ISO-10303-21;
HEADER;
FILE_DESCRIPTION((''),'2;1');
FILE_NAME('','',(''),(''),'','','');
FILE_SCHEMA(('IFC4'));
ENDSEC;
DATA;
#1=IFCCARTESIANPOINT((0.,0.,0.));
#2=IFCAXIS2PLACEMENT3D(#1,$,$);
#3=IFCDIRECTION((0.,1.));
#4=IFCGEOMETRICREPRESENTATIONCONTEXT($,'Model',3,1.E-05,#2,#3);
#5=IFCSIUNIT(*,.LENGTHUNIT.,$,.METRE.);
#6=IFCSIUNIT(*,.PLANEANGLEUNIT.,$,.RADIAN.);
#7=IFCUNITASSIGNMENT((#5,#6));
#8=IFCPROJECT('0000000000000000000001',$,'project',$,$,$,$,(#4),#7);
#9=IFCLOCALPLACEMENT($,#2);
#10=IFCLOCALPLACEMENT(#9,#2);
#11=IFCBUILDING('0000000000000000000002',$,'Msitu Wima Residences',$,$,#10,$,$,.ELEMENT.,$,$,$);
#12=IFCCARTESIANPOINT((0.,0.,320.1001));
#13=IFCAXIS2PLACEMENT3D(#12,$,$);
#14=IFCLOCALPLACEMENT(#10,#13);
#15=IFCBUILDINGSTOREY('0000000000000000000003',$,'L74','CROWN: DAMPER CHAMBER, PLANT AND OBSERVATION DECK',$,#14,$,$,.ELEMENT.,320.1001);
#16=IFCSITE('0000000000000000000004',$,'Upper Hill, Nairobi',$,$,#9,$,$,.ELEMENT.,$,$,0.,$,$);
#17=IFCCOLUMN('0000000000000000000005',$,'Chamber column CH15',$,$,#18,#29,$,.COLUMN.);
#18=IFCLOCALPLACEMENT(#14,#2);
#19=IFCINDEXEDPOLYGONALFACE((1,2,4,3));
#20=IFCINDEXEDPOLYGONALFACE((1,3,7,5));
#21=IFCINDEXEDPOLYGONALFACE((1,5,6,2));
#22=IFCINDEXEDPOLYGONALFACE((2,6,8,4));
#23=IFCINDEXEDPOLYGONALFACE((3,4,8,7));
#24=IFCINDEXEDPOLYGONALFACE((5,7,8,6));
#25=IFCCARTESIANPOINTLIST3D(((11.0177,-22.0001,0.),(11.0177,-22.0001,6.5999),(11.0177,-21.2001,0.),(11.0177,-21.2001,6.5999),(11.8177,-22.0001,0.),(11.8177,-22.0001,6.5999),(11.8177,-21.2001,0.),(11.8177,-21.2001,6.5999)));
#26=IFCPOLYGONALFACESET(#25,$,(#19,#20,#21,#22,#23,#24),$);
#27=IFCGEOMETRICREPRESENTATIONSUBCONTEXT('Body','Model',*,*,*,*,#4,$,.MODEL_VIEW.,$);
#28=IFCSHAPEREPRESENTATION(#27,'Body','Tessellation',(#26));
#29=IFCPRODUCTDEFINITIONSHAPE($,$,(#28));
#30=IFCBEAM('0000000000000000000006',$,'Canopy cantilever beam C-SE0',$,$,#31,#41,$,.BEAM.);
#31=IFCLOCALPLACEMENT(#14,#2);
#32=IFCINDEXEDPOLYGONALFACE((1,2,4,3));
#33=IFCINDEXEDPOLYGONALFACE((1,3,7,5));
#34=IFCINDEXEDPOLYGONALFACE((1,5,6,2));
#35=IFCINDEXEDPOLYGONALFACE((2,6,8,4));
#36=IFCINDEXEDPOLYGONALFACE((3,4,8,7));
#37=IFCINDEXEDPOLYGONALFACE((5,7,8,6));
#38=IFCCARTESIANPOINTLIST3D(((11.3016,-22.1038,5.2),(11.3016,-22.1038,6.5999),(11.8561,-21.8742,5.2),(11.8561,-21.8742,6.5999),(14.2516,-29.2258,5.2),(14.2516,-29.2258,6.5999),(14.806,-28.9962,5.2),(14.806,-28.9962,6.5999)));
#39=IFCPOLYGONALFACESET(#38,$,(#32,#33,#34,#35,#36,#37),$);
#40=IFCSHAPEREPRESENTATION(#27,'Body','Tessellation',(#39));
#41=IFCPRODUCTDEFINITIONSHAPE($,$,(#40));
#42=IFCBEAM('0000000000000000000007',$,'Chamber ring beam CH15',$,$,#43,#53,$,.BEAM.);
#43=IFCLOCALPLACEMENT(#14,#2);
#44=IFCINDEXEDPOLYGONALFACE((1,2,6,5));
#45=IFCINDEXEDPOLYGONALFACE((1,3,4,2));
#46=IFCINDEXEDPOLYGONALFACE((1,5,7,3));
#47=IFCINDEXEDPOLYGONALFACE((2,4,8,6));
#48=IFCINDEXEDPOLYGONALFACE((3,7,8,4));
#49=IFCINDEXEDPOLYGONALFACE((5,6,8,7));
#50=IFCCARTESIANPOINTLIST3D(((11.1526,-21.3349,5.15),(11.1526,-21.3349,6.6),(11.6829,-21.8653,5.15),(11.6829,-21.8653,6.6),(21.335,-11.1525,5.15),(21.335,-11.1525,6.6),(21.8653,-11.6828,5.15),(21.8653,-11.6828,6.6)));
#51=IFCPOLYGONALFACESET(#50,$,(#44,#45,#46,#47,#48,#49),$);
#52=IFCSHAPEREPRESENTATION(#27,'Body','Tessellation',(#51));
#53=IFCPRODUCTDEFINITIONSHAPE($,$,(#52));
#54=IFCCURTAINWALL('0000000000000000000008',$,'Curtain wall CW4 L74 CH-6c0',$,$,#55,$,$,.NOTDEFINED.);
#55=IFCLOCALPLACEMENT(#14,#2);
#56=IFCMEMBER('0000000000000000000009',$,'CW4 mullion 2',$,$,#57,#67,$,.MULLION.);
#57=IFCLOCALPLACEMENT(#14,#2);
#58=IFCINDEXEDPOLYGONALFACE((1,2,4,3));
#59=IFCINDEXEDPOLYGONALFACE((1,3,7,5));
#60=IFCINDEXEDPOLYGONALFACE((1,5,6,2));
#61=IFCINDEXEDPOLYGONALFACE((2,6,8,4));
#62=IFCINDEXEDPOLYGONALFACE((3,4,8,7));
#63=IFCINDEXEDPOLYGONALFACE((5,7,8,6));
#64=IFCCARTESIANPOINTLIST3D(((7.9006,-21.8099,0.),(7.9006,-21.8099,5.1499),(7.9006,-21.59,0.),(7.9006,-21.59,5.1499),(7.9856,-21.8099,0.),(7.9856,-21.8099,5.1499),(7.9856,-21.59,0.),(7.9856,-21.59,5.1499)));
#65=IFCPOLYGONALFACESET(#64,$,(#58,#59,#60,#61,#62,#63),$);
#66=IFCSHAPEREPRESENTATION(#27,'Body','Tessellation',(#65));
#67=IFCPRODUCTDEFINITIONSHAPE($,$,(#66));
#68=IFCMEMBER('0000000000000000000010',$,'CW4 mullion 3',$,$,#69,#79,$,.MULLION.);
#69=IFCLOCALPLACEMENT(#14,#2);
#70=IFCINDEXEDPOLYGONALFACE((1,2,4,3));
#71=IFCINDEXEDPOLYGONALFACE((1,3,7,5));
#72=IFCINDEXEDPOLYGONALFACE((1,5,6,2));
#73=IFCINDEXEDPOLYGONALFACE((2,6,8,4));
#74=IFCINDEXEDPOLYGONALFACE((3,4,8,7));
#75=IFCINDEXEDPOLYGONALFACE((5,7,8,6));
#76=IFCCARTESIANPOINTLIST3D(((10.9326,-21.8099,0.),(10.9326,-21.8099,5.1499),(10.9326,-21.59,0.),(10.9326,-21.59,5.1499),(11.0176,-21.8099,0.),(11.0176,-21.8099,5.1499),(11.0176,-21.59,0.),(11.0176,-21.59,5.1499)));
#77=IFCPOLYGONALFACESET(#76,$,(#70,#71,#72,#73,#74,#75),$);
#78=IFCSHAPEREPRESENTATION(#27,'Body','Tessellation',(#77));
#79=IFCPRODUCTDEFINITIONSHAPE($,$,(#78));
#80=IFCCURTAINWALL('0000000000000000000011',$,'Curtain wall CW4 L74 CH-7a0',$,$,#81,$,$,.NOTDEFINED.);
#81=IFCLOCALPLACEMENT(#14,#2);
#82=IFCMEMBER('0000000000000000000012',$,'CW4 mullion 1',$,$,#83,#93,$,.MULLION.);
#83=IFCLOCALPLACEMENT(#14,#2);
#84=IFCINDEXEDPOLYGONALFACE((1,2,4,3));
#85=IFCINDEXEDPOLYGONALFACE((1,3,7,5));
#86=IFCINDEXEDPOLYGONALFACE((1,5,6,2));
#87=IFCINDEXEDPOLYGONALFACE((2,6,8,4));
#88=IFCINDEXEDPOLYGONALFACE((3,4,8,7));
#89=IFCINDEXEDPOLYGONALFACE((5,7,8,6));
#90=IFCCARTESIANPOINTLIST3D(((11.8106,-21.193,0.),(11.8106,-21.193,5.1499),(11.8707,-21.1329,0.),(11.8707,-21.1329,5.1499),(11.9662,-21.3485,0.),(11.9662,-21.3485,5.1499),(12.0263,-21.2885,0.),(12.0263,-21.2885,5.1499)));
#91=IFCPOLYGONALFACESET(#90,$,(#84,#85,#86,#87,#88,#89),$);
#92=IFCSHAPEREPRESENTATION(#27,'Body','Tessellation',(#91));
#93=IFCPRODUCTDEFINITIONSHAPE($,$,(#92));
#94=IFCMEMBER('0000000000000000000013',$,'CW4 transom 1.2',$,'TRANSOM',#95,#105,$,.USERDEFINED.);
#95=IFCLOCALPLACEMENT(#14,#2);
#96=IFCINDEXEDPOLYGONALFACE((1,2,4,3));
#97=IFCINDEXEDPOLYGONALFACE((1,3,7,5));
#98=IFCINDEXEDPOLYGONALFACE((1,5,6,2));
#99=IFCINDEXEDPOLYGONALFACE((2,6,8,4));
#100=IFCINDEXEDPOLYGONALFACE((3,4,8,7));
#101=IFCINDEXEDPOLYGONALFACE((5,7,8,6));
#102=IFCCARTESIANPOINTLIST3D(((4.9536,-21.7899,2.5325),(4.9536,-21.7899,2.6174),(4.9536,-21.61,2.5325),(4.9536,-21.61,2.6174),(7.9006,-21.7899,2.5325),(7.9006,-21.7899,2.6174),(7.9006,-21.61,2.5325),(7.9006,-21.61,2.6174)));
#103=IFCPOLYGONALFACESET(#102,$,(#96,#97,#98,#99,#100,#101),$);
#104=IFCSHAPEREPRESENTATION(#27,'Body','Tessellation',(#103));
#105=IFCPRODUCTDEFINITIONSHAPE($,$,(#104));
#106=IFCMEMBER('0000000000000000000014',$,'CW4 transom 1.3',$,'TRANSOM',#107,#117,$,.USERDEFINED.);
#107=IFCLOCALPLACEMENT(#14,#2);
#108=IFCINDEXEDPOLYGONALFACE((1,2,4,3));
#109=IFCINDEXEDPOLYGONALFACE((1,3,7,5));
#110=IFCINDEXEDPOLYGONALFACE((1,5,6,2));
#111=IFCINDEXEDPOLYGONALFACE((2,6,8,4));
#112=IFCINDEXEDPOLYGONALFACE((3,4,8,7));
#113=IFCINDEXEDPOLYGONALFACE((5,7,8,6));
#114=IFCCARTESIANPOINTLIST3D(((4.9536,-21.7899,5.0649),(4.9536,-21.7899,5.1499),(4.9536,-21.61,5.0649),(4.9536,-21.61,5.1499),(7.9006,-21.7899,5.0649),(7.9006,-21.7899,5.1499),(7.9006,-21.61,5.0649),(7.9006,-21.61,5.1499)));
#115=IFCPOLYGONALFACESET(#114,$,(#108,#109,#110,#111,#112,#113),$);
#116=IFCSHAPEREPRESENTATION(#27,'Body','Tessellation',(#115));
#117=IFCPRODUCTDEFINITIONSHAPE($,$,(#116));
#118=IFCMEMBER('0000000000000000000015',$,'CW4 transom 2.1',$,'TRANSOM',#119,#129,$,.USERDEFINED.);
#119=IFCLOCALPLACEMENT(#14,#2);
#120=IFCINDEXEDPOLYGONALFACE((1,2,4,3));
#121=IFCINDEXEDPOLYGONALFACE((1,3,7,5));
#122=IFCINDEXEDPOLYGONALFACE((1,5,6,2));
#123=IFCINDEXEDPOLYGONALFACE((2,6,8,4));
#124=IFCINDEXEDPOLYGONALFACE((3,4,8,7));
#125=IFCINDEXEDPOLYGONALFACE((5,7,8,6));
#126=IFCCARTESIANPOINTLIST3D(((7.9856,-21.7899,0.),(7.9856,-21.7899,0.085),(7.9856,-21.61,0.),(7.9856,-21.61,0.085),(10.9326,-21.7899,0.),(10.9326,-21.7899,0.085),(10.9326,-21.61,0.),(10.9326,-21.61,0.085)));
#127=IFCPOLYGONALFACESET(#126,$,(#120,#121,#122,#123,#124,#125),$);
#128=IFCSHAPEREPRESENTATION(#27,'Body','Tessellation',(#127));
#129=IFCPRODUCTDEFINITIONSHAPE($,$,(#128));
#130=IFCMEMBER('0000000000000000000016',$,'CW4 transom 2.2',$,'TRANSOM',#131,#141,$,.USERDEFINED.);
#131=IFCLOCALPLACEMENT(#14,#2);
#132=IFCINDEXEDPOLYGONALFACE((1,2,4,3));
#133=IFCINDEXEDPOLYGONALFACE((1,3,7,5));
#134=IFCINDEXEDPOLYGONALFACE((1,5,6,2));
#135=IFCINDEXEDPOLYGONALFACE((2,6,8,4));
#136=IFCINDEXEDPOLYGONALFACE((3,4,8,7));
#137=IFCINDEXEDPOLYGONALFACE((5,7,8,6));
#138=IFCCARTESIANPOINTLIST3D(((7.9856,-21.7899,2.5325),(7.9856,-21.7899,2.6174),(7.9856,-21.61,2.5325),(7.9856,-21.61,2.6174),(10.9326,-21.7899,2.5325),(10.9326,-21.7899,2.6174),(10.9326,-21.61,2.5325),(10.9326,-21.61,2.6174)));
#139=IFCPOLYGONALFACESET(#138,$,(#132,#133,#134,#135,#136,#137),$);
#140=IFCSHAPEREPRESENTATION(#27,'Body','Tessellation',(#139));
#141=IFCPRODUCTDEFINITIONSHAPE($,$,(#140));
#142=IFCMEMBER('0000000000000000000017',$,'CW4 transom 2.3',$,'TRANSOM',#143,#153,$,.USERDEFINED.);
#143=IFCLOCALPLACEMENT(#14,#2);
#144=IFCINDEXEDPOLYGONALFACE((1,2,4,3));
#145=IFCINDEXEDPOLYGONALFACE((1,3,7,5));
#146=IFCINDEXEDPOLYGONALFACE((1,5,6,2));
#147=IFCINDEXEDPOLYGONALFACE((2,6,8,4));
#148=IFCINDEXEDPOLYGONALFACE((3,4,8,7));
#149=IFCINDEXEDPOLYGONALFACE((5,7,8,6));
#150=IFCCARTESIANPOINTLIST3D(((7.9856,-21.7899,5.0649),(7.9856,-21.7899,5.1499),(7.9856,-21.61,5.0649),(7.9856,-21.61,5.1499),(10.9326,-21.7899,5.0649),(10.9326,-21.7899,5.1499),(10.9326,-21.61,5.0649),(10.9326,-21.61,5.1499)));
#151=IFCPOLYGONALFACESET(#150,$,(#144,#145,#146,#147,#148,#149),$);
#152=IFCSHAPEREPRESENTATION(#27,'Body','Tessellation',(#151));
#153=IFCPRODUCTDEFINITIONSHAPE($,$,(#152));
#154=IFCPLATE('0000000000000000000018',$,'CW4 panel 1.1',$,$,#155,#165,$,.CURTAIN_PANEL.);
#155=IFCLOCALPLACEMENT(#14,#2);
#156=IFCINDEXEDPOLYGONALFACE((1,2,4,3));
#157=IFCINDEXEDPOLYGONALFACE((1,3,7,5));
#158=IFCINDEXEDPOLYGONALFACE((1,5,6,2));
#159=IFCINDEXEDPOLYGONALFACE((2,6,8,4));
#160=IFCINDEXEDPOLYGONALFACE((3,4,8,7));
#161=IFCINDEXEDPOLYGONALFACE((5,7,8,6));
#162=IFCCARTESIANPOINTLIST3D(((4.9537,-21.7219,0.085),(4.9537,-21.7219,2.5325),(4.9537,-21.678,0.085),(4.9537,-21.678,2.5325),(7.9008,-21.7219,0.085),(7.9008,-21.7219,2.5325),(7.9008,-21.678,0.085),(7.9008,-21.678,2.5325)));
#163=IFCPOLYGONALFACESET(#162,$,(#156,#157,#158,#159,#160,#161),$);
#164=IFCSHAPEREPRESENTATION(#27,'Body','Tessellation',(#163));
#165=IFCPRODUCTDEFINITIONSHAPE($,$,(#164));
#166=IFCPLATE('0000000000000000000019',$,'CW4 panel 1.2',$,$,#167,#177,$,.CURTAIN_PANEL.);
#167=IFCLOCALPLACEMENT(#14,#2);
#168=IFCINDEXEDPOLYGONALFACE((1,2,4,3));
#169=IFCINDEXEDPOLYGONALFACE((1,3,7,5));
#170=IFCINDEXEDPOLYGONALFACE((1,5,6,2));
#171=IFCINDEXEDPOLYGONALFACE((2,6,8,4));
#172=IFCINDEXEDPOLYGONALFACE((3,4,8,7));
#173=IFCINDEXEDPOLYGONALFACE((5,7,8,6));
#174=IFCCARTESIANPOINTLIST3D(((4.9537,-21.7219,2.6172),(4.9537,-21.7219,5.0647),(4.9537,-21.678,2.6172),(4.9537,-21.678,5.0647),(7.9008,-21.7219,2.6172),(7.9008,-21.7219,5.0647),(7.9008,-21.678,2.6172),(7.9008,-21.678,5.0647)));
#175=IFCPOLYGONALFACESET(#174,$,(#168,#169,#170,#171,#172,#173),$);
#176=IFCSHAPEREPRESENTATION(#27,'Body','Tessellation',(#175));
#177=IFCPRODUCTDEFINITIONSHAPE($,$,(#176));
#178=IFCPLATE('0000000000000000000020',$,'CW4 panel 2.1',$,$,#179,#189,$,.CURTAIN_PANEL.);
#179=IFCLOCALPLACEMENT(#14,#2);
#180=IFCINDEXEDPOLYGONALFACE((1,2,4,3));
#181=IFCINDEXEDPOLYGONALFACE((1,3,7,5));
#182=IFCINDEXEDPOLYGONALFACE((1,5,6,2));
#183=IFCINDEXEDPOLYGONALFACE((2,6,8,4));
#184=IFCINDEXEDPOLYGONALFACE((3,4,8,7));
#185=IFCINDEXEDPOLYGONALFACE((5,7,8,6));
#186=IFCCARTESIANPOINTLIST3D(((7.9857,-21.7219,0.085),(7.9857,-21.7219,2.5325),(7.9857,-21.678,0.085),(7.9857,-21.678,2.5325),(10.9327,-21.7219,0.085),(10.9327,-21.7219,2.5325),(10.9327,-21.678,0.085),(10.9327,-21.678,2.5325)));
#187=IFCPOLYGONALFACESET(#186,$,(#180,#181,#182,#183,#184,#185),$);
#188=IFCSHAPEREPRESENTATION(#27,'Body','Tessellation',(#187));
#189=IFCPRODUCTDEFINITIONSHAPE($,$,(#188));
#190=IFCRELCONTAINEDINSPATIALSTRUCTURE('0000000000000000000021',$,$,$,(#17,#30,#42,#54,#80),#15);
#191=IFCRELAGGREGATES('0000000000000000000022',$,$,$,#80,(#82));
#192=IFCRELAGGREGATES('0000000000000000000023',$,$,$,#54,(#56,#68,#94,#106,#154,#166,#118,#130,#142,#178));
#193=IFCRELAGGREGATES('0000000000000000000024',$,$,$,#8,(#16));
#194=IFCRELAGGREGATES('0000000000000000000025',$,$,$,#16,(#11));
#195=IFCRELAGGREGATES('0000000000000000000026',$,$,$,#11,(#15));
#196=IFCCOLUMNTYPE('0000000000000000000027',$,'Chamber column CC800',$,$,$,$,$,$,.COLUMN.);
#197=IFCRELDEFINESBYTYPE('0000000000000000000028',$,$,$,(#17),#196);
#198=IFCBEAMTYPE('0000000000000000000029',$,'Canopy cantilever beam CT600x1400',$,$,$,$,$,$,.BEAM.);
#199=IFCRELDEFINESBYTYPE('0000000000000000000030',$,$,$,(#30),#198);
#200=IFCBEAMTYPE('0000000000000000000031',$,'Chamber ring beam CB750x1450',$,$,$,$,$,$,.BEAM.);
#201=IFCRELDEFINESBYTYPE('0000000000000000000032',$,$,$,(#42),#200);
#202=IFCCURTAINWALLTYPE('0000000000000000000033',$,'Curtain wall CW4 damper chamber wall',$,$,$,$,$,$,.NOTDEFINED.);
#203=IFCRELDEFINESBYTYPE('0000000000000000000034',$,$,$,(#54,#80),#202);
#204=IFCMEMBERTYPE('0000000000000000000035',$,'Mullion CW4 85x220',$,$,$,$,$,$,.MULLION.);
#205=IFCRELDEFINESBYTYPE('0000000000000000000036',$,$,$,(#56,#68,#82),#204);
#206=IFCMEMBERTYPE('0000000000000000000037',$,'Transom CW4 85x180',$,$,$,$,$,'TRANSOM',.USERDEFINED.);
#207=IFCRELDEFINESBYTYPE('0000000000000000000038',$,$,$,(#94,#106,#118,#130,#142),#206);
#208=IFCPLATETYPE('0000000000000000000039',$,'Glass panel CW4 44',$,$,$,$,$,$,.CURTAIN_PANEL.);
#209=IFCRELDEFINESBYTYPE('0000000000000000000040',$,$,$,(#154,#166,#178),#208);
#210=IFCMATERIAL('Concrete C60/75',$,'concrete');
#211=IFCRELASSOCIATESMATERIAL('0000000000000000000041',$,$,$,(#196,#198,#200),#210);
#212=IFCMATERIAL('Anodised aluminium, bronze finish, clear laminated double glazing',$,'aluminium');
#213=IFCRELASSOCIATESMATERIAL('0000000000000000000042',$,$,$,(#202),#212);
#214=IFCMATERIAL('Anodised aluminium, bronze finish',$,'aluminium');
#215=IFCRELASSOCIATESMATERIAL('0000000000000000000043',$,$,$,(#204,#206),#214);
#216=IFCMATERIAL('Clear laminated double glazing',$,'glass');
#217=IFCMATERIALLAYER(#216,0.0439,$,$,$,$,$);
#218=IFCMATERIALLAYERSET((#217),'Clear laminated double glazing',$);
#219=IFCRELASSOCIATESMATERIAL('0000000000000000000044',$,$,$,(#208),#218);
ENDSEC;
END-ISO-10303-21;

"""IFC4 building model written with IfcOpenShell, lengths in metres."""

from ifc_helpers import new_model, si_unit, direction, frame, origin, origin_2d, place, context, subcontext, project, spatial, rectangle, extrude, material, layer, layer_set, material_profile, profile_set, type_object, element, aggregate, save


model = new_model("IFC4")

# Units and contexts
model_context = context("Model", 3, precision=1e-05, world=origin(), true_north=direction((0.0, 1.0)))
body_context = subcontext(model_context, "Body", "Model", "MODEL_VIEW")
ifc_project = project(units=[si_unit("LENGTHUNIT", "METRE"), si_unit("PLANEANGLEUNIT", "RADIAN")], contexts=[model_context])

# Site, building, storey
site_placement = place(None, origin())
site = spatial("IfcSite", under=ifc_project, at=site_placement, Name="Upper Hill, Nairobi", CompositionType="ELEMENT", RefElevation=0.0)
building_placement = place(site_placement, origin())
building = spatial("IfcBuilding", under=site, at=building_placement, Name="Msitu Wima Residences", CompositionType="ELEMENT")
storey_placement = place(building_placement, frame((0.0, 0.0, 320.1001)))
storey = spatial("IfcBuildingStorey", under=building, at=storey_placement, Name="L74", Description="CROWN: DAMPER CHAMBER, PLANT AND OBSERVATION DECK", CompositionType="ELEMENT", Elevation=320.1001)

# Column
ifc_material_1 = material(Name="Concrete C60/75", Category="concrete")
ifc_material_profile_1 = material_profile(ifc_material_1, rectangle(XDim=0.8, YDim=0.8, at=origin_2d()), Name="RC 800x800")
ifc_profile_set_1 = profile_set([ifc_material_profile_1], Name="Concrete C60/75")
column_type = type_object("IfcColumnType", Name="Chamber column CC800", PredefinedType="COLUMN", material=ifc_profile_set_1)
column_placement = place(storey_placement, frame((11.4177, -21.6001, 0.0), z_axis=(0.0, 0.0, 1.0), x_axis=(1.0, 0.0, 0.0)))
element("IfcColumn", 1, at=column_placement, inside=storey, type_object=column_type, Name="Chamber column CH15", PredefinedType="COLUMN", context=body_context, shape_type="SweptSolid", body=[
    extrude(rectangle(XDim=0.8, YDim=0.8, at=origin_2d()), origin(), (0.0, 0.0, 1.0), 6.5999),
])

# Beams
ifc_material_profile_2 = material_profile(ifc_material_1, rectangle(XDim=0.6001, YDim=1.3999, at=origin_2d()), Name="RC 600x1400")
ifc_profile_set_2 = profile_set([ifc_material_profile_2], Name="Concrete C60/75")
beam_type_1 = type_object("IfcBeamType", Name="Canopy cantilever beam CT600x1400", PredefinedType="BEAM", material=ifc_profile_set_2)
beam_1_placement = place(storey_placement, frame((11.5789, -21.989, 5.8999), z_axis=(0.382672, -0.923884, 0.0), x_axis=(0.923884, 0.382672, 0.0)))
element("IfcBeam", 2, at=beam_1_placement, inside=storey, type_object=beam_type_1, Name="Canopy cantilever beam C-SE0", PredefinedType="BEAM", context=body_context, shape_type="SweptSolid", body=[
    extrude(rectangle(XDim=0.6001, YDim=1.3999, at=origin_2d()), origin(), (0.0, 0.0, 1.0), 7.7087),
])
ifc_material_profile_3 = material_profile(ifc_material_1, rectangle(XDim=0.75, YDim=1.45, at=origin_2d()), Name="RC 750x1450")
ifc_profile_set_3 = profile_set([ifc_material_profile_3], Name="Concrete C60/75")
beam_type_2 = type_object("IfcBeamType", Name="Chamber ring beam CB750x1450", PredefinedType="BEAM", material=ifc_profile_set_3)
beam_2_placement = place(storey_placement, frame((11.4177, -21.6001, 5.875), z_axis=(0.707107, 0.707107, 0.0), x_axis=(-0.707107, 0.707107, 0.0)))
element("IfcBeam", 3, at=beam_2_placement, inside=storey, type_object=beam_type_2, Name="Chamber ring beam CH15", PredefinedType="BEAM", context=body_context, shape_type="SweptSolid", body=[
    extrude(rectangle(XDim=0.75, YDim=1.45, at=origin_2d()), origin(), (0.0, 0.0, 1.0), 14.4001),
])

# Curtain wall, members
ifc_material_2 = material(Name="Anodised aluminium, bronze finish, clear laminated double glazing", Category="aluminium")
curtain_wall_type = type_object("IfcCurtainWallType", Name="Curtain wall CW4 damper chamber wall", PredefinedType="NOTDEFINED", material=ifc_material_2)
curtain_wall_1_placement = place(storey_placement, origin())
curtain_wall_1 = element("IfcCurtainWall", 4, at=curtain_wall_1_placement, inside=storey, type_object=curtain_wall_type, Name="Curtain wall CW4 L74 CH-6c0", PredefinedType="NOTDEFINED")
ifc_material_3 = material(Name="Anodised aluminium, bronze finish", Category="aluminium")
ifc_material_profile_4 = material_profile(ifc_material_3, rectangle(XDim=0.22, YDim=0.085, at=origin_2d()), Name="Mullion 85x220")
ifc_profile_set_4 = profile_set([ifc_material_profile_4], Name="Anodised aluminium, bronze finish")
member_type_1 = type_object("IfcMemberType", Name="Mullion CW4 85x220", PredefinedType="MULLION", material=ifc_profile_set_4)
member_1_placement = place(storey_placement, frame((7.9431, -21.7, 0.0), z_axis=(0.0, 0.0, 1.0), x_axis=(0.0, 1.0, 0.0)))
member_1 = element("IfcMember", 5, at=member_1_placement, type_object=member_type_1, Name="CW4 mullion 2", PredefinedType="MULLION", context=body_context, shape_type="SweptSolid", body=[
    extrude(rectangle(XDim=0.22, YDim=0.085, at=origin_2d()), origin(), (0.0, 0.0, 1.0), 5.1499),
])
member_2_placement = place(storey_placement, frame((10.9751, -21.7, 0.0), z_axis=(0.0, 0.0, 1.0), x_axis=(0.0, 1.0, 0.0)))
member_2 = element("IfcMember", 6, at=member_2_placement, type_object=member_type_1, Name="CW4 mullion 3", PredefinedType="MULLION", context=body_context, shape_type="SweptSolid", body=[
    extrude(rectangle(XDim=0.22, YDim=0.085, at=origin_2d()), origin(), (0.0, 0.0, 1.0), 5.1499),
])

# Curtain wall, member
curtain_wall_2_placement = place(storey_placement, origin())
curtain_wall_2 = element("IfcCurtainWall", 7, at=curtain_wall_2_placement, inside=storey, type_object=curtain_wall_type, Name="Curtain wall CW4 L74 CH-7a0", PredefinedType="NOTDEFINED")
member_3_placement = place(storey_placement, frame((11.9185, -21.2407, 0.0), z_axis=(0.0, 0.0, 1.0), x_axis=(-0.707107, 0.707107, 0.0)))
member_3 = element("IfcMember", 8, at=member_3_placement, type_object=member_type_1, Name="CW4 mullion 1", PredefinedType="MULLION", context=body_context, shape_type="SweptSolid", body=[
    extrude(rectangle(XDim=0.22, YDim=0.085, at=origin_2d()), origin(), (0.0, 0.0, 1.0), 5.1499),
])
aggregate(curtain_wall_2, [member_3])

# Members
ifc_material_profile_5 = material_profile(ifc_material_3, rectangle(XDim=0.1799, YDim=0.085, at=origin_2d()), Name="Transom 85x180")
ifc_profile_set_5 = profile_set([ifc_material_profile_5], Name="Anodised aluminium, bronze finish")
member_type_2 = type_object("IfcMemberType", Name="Transom CW4 85x180", ElementType="TRANSOM", PredefinedType="USERDEFINED", material=ifc_profile_set_5)
member_4_placement = place(storey_placement, frame((4.9536, -21.7, 2.575), z_axis=(1.0, 0.0, 0.0), x_axis=(0.0, 1.0, 0.0)))
member_4 = element("IfcMember", 9, at=member_4_placement, type_object=member_type_2, Name="CW4 transom 1.2", ObjectType="TRANSOM", PredefinedType="USERDEFINED", context=body_context, shape_type="SweptSolid", body=[
    extrude(rectangle(XDim=0.1799, YDim=0.085, at=origin_2d()), origin(), (0.0, 0.0, 1.0), 2.947),
])
member_5_placement = place(storey_placement, frame((4.9536, -21.7, 5.1074), z_axis=(1.0, 0.0, 0.0), x_axis=(0.0, 1.0, 0.0)))
member_5 = element("IfcMember", 10, at=member_5_placement, type_object=member_type_2, Name="CW4 transom 1.3", ObjectType="TRANSOM", PredefinedType="USERDEFINED", context=body_context, shape_type="SweptSolid", body=[
    extrude(rectangle(XDim=0.1799, YDim=0.085, at=origin_2d()), origin(), (0.0, 0.0, 1.0), 2.947),
])
member_6_placement = place(storey_placement, frame((7.9856, -21.7, 0.0425), z_axis=(1.0, 0.0, 0.0), x_axis=(0.0, 1.0, 0.0)))
member_6 = element("IfcMember", 11, at=member_6_placement, type_object=member_type_2, Name="CW4 transom 2.1", ObjectType="TRANSOM", PredefinedType="USERDEFINED", context=body_context, shape_type="SweptSolid", body=[
    extrude(rectangle(XDim=0.1799, YDim=0.085, at=origin_2d()), origin(), (0.0, 0.0, 1.0), 2.947),
])
member_7_placement = place(storey_placement, frame((7.9856, -21.7, 2.575), z_axis=(1.0, 0.0, 0.0), x_axis=(0.0, 1.0, 0.0)))
member_7 = element("IfcMember", 12, at=member_7_placement, type_object=member_type_2, Name="CW4 transom 2.2", ObjectType="TRANSOM", PredefinedType="USERDEFINED", context=body_context, shape_type="SweptSolid", body=[
    extrude(rectangle(XDim=0.1799, YDim=0.085, at=origin_2d()), origin(), (0.0, 0.0, 1.0), 2.947),
])
member_8_placement = place(storey_placement, frame((7.9856, -21.7, 5.1074), z_axis=(1.0, 0.0, 0.0), x_axis=(0.0, 1.0, 0.0)))
member_8 = element("IfcMember", 13, at=member_8_placement, type_object=member_type_2, Name="CW4 transom 2.3", ObjectType="TRANSOM", PredefinedType="USERDEFINED", context=body_context, shape_type="SweptSolid", body=[
    extrude(rectangle(XDim=0.1799, YDim=0.085, at=origin_2d()), origin(), (0.0, 0.0, 1.0), 2.947),
])

# Plates
ifc_material_4 = material(Name="Clear laminated double glazing", Category="glass")
ifc_layer_1 = layer(ifc_material_4, 0.0439)
ifc_layer_set_1 = layer_set([ifc_layer_1], Name="Clear laminated double glazing")
plate_type = type_object("IfcPlateType", Name="Glass panel CW4 44", PredefinedType="CURTAIN_PANEL", material=ifc_layer_set_1)
plate_1_placement = place(storey_placement, frame((6.4272, -21.7, 0.085), z_axis=(0.0, 0.0, 1.0), x_axis=(1.0, 0.0, 0.0)))
plate_1 = element("IfcPlate", 14, at=plate_1_placement, type_object=plate_type, Name="CW4 panel 1.1", PredefinedType="CURTAIN_PANEL", context=body_context, shape_type="SweptSolid", body=[
    extrude(rectangle(XDim=2.947, YDim=0.0439, at=origin_2d()), origin(), (0.0, 0.0, 1.0), 2.4475),
])
plate_2_placement = place(storey_placement, frame((6.4272, -21.7, 2.6172), z_axis=(0.0, 0.0, 1.0), x_axis=(1.0, 0.0, 0.0)))
plate_2 = element("IfcPlate", 15, at=plate_2_placement, type_object=plate_type, Name="CW4 panel 1.2", PredefinedType="CURTAIN_PANEL", context=body_context, shape_type="SweptSolid", body=[
    extrude(rectangle(XDim=2.947, YDim=0.0439, at=origin_2d()), origin(), (0.0, 0.0, 1.0), 2.4475),
])
plate_3_placement = place(storey_placement, frame((9.4592, -21.7, 0.085), z_axis=(0.0, 0.0, 1.0), x_axis=(1.0, 0.0, 0.0)))
plate_3 = element("IfcPlate", 16, at=plate_3_placement, type_object=plate_type, Name="CW4 panel 2.1", PredefinedType="CURTAIN_PANEL", context=body_context, shape_type="SweptSolid", body=[
    extrude(rectangle(XDim=2.947, YDim=0.0439, at=origin_2d()), origin(), (0.0, 0.0, 1.0), 2.4475),
])
aggregate(curtain_wall_1, [member_1, member_2, member_4, member_5, plate_1, plate_2, member_6, member_7, member_8, plate_3])

save(model, "model.ifc")
